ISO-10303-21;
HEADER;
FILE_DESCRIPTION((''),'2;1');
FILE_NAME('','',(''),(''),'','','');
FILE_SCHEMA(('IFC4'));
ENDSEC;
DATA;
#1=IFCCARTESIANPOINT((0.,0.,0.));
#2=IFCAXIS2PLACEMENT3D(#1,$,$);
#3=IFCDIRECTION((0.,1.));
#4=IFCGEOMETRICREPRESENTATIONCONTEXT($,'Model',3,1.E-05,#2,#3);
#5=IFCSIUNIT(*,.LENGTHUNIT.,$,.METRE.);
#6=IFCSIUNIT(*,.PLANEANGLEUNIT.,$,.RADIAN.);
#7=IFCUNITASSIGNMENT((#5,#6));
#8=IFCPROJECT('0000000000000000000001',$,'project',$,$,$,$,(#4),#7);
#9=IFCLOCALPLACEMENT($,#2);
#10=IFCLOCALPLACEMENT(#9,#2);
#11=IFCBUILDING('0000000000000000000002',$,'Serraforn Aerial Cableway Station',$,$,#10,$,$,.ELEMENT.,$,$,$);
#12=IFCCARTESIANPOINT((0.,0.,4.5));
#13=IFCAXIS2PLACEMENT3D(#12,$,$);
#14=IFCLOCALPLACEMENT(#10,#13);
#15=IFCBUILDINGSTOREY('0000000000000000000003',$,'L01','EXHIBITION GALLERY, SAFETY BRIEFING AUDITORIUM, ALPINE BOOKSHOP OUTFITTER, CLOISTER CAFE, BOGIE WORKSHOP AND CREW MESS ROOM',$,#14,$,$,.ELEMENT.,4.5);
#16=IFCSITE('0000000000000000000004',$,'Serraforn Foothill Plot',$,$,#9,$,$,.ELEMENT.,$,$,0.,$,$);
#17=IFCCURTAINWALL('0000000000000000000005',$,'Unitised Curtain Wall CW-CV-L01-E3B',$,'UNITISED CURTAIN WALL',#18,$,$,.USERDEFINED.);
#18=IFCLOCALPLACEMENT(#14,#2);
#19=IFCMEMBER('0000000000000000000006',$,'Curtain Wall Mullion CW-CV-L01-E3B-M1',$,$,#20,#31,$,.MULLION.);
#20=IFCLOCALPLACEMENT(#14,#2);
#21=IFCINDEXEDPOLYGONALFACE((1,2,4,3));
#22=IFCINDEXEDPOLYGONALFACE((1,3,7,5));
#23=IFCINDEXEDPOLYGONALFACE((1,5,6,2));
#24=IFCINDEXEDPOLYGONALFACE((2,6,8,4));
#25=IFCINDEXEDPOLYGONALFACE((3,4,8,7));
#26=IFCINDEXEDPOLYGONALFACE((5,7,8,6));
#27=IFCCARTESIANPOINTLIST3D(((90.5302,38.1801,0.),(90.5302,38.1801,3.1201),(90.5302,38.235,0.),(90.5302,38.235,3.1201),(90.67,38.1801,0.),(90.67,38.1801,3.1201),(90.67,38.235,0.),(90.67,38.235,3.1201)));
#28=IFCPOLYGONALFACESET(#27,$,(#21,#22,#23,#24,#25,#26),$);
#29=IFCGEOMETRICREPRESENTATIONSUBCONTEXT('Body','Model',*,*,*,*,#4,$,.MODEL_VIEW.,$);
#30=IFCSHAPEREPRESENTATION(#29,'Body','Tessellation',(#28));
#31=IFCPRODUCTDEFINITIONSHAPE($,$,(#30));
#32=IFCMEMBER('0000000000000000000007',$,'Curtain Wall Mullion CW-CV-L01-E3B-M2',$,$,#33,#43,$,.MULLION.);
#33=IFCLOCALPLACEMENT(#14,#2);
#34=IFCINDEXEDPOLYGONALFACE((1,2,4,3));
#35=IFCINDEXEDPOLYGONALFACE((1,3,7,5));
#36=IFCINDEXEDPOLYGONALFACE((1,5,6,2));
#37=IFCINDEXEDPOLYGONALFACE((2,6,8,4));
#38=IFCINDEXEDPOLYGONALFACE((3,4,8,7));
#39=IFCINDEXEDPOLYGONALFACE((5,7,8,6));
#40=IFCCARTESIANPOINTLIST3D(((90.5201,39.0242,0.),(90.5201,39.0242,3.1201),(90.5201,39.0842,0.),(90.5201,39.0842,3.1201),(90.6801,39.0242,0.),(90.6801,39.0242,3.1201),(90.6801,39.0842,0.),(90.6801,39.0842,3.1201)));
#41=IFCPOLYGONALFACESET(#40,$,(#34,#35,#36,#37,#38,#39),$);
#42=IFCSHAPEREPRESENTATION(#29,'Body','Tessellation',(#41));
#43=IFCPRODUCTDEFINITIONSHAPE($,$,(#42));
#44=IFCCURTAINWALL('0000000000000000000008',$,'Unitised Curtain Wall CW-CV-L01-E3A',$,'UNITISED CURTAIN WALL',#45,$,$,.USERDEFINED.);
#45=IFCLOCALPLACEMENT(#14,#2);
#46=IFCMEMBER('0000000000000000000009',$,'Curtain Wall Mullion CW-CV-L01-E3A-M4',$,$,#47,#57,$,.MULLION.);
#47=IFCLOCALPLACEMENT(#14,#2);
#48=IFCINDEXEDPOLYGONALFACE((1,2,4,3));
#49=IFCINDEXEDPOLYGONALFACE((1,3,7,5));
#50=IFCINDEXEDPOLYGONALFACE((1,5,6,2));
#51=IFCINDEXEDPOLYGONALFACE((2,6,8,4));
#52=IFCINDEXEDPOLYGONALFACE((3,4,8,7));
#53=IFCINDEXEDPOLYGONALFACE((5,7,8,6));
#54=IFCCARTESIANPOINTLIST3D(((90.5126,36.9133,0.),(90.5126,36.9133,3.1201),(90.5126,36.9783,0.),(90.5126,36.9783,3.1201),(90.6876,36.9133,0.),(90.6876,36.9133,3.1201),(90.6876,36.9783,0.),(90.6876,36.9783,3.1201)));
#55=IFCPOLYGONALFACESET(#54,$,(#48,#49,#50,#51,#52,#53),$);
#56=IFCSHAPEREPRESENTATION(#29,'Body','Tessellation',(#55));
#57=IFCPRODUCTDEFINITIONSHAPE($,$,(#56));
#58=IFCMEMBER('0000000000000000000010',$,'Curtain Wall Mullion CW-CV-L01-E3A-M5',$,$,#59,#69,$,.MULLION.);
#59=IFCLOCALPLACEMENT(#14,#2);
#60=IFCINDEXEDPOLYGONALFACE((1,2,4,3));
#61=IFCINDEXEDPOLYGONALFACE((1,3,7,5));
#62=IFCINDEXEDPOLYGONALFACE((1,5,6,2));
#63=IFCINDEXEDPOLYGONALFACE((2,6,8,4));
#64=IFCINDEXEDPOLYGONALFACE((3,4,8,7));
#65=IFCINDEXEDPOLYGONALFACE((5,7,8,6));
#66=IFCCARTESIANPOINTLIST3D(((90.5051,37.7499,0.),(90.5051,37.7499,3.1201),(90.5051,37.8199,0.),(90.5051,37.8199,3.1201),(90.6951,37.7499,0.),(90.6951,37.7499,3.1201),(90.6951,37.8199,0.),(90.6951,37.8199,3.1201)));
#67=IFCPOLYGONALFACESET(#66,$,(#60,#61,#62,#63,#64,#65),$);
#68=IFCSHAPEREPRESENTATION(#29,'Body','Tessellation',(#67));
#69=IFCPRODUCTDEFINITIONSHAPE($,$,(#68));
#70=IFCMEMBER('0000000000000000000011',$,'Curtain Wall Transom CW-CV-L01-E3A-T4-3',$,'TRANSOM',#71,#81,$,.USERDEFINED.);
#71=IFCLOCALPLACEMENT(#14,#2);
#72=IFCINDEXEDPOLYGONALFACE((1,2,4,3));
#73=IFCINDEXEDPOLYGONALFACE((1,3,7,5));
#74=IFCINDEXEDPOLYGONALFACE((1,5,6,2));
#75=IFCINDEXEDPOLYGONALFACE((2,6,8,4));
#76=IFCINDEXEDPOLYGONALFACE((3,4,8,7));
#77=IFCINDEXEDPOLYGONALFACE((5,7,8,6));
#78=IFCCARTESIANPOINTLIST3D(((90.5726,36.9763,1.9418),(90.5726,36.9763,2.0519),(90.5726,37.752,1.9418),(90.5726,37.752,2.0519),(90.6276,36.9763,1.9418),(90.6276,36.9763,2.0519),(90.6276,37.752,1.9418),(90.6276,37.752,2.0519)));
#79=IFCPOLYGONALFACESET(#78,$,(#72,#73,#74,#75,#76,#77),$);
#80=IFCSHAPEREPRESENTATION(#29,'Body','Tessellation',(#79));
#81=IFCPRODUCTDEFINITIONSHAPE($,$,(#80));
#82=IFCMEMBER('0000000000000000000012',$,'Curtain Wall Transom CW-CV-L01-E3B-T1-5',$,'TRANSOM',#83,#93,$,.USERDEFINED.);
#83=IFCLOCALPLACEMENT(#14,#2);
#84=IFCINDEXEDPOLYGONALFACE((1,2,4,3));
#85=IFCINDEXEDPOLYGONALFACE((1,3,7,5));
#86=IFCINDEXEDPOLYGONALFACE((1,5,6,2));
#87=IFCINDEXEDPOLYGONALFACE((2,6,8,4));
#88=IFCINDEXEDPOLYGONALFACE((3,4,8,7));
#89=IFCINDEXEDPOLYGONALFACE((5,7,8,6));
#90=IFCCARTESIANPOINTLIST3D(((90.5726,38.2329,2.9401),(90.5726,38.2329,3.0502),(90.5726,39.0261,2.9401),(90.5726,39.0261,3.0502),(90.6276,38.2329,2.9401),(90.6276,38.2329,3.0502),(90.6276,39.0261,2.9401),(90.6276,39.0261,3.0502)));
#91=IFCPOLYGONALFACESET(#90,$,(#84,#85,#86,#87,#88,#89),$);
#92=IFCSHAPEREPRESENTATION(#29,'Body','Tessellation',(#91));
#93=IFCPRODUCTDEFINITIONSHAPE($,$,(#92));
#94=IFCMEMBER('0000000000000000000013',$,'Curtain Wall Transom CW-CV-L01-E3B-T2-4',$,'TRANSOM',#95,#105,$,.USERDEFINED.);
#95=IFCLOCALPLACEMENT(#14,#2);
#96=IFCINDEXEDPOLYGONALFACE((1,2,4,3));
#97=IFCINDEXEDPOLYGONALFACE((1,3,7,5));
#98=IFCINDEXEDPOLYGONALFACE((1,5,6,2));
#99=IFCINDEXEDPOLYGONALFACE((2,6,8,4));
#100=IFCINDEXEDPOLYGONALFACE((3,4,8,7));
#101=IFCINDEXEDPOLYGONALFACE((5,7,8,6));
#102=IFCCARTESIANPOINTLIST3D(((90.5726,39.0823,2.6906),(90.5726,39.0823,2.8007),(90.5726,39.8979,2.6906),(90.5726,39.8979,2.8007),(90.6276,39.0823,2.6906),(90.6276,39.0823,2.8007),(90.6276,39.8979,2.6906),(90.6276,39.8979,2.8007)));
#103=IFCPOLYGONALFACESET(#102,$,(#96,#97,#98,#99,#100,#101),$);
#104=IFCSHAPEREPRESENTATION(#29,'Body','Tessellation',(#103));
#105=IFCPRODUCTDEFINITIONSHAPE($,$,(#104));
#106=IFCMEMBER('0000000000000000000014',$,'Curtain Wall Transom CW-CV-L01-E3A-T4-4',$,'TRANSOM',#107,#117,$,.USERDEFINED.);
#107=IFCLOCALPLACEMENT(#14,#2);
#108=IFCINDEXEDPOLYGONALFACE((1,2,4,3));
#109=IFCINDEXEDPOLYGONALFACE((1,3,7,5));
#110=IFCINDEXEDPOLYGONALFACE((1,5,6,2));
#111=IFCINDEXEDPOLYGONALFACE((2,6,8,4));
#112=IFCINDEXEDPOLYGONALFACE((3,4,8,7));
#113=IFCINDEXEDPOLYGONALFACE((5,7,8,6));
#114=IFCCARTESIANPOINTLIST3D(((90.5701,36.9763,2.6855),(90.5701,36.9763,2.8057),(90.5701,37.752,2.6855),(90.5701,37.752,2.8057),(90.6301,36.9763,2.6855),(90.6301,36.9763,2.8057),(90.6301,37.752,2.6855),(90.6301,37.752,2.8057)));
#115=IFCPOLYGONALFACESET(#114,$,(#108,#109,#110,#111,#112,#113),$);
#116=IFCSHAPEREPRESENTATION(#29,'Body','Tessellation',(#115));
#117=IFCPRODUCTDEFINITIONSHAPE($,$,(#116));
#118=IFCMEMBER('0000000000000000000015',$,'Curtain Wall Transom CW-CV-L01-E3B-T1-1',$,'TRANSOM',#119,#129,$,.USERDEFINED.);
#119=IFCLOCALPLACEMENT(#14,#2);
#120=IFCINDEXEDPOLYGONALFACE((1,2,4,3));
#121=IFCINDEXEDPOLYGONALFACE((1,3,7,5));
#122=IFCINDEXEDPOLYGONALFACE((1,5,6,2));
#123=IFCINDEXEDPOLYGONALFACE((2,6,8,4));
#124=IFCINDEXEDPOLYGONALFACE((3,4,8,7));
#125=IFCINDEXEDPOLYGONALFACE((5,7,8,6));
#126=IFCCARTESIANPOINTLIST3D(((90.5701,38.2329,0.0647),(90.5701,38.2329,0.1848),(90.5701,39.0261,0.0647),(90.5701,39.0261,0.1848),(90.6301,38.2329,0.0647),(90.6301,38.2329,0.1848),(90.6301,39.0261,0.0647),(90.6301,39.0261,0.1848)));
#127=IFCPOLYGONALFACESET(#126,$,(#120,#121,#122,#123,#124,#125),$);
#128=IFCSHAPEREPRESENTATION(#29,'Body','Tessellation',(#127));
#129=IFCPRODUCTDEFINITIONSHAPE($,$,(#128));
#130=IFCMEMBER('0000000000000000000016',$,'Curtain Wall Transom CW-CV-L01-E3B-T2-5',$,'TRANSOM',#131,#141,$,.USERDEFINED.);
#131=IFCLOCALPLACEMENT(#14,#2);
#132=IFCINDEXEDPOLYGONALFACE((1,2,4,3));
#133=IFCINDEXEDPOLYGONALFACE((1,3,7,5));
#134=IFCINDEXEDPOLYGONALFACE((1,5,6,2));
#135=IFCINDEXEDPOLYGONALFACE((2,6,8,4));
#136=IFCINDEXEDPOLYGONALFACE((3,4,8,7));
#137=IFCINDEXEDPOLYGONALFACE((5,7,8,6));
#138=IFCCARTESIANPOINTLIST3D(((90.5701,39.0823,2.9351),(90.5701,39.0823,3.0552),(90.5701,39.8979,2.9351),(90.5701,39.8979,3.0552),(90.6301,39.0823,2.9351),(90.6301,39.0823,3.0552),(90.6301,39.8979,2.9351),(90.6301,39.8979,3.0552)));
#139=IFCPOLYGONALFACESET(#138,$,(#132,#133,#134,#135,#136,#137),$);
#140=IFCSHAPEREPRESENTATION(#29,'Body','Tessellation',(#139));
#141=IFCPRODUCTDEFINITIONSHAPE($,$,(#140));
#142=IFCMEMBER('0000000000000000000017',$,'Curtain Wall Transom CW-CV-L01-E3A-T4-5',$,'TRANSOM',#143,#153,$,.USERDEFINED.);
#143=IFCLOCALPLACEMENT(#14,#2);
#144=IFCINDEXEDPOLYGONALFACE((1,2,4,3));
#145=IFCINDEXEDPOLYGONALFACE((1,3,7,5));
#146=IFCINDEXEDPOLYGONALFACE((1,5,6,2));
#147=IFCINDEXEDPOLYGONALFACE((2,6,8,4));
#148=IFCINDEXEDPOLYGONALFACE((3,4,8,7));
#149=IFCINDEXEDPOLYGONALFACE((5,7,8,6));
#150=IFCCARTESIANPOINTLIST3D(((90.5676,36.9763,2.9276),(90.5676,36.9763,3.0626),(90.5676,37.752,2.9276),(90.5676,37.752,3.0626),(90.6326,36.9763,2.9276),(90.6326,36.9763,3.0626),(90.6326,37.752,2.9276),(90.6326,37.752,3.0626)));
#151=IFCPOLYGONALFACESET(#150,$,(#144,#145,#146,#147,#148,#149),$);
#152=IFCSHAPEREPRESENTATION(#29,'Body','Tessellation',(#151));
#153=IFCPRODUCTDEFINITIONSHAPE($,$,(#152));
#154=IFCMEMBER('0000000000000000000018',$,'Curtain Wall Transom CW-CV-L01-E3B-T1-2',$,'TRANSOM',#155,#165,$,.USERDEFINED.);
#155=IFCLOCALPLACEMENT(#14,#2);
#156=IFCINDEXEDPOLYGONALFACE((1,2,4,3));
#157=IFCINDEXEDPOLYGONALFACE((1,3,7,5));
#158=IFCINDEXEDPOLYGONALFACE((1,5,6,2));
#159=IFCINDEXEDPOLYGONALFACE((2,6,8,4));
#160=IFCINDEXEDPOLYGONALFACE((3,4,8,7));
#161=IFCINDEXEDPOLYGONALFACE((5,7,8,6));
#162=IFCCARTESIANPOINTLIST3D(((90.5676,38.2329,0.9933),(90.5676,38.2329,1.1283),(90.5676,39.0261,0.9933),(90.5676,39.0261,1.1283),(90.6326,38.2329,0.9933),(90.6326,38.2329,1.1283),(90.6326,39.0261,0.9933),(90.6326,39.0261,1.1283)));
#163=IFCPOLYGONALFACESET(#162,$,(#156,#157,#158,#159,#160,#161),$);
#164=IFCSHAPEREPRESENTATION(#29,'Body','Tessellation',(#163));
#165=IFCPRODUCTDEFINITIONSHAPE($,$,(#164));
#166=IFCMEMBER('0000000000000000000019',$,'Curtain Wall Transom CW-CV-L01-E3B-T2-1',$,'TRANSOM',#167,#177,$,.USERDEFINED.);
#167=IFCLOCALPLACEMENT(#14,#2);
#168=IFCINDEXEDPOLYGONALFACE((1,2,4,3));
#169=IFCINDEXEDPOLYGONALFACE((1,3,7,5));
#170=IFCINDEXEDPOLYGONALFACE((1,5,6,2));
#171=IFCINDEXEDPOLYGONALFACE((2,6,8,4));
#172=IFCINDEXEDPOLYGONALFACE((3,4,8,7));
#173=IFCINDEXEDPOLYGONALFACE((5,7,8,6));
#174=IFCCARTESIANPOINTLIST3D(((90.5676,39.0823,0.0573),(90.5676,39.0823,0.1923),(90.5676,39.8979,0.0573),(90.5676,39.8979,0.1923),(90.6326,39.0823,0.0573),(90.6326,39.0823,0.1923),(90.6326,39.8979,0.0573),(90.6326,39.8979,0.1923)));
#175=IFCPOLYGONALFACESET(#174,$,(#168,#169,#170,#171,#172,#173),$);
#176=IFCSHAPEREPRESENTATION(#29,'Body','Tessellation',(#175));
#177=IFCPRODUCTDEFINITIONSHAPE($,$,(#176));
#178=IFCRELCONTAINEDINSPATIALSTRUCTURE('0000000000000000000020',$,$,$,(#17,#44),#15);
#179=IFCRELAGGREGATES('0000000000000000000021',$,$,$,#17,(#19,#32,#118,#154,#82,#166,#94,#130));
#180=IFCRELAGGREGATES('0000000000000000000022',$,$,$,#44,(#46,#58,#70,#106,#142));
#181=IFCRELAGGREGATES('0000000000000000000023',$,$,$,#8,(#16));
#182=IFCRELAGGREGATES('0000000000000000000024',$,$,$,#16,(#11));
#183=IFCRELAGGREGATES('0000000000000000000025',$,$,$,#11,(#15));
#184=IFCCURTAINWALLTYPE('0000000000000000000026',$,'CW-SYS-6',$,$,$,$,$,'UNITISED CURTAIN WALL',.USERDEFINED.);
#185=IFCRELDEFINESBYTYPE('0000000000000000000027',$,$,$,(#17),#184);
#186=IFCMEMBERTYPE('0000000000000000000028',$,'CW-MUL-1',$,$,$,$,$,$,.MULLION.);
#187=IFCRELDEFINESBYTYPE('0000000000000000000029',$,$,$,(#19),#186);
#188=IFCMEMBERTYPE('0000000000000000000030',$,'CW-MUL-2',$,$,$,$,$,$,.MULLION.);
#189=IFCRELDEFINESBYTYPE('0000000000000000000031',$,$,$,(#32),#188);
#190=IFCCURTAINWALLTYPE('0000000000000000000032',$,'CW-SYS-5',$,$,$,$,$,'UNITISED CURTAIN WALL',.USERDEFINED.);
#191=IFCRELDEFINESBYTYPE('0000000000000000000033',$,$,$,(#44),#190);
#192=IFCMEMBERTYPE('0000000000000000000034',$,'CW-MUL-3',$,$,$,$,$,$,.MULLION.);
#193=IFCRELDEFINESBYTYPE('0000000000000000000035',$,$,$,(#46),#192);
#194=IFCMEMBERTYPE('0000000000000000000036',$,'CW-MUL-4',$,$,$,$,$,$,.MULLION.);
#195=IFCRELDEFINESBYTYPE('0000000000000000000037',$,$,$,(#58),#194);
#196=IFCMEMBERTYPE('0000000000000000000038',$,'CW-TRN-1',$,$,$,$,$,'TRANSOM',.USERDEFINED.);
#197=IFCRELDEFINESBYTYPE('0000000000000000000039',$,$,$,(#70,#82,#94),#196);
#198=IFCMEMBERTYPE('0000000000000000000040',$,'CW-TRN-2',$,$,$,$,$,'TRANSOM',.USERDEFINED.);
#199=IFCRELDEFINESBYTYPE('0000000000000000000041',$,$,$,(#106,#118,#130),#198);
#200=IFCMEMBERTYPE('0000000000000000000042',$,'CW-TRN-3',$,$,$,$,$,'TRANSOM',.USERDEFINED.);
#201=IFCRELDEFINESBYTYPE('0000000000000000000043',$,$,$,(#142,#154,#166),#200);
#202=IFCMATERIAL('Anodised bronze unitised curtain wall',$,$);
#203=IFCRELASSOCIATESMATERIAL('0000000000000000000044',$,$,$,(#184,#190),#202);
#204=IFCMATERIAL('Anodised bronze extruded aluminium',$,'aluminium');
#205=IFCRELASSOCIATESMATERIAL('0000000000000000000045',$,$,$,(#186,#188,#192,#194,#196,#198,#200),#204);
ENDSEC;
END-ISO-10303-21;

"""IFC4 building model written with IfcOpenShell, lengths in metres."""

from ifc_helpers import new_model, si_unit, direction, frame, origin, origin_2d, place, context, subcontext, project, spatial, rectangle, extrude, material, material_profile, profile_set, type_object, element, aggregate, save


model = new_model("IFC4")

# Units and contexts
model_context = context("Model", 3, precision=1e-05, world=origin(), true_north=direction((0.0, 1.0)))
body_context = subcontext(model_context, "Body", "Model", "MODEL_VIEW")
ifc_project = project(units=[si_unit("LENGTHUNIT", "METRE"), si_unit("PLANEANGLEUNIT", "RADIAN")], contexts=[model_context])

# Site, building, storey
site_placement = place(None, origin())
site = spatial("IfcSite", under=ifc_project, at=site_placement, Name="Serraforn Foothill Plot", CompositionType="ELEMENT", RefElevation=0.0)
building_placement = place(site_placement, origin())
building = spatial("IfcBuilding", under=site, at=building_placement, Name="Serraforn Aerial Cableway Station", CompositionType="ELEMENT")
storey_placement = place(building_placement, frame((0.0, 0.0, 4.5)))
storey = spatial("IfcBuildingStorey", under=building, at=storey_placement, Name="L01", Description="EXHIBITION GALLERY, SAFETY BRIEFING AUDITORIUM, ALPINE BOOKSHOP OUTFITTER, CLOISTER CAFE, BOGIE WORKSHOP AND CREW MESS ROOM", CompositionType="ELEMENT", Elevation=4.5)

# Curtain walls, members
ifc_material_1 = material(Name="Anodised bronze unitised curtain wall")
curtain_wall_type_1 = type_object("IfcCurtainWallType", Name="CW-SYS-6", ElementType="UNITISED CURTAIN WALL", PredefinedType="USERDEFINED", material=ifc_material_1)
curtain_wall_1_placement = place(storey_placement, origin())
curtain_wall_1 = element("IfcCurtainWall", 1, at=curtain_wall_1_placement, inside=storey, type_object=curtain_wall_type_1, Name="Unitised Curtain Wall CW-CV-L01-E3B", ObjectType="UNITISED CURTAIN WALL", PredefinedType="USERDEFINED")
ifc_material_2 = material(Name="Anodised bronze extruded aluminium", Category="aluminium")
ifc_material_profile_1 = material_profile(ifc_material_2, rectangle(XDim=0.0549, YDim=0.1399, at=origin_2d()), Name="CW MULLION 55x140")
ifc_profile_set_1 = profile_set([ifc_material_profile_1], Name="Anodised bronze extruded aluminium")
member_type_1 = type_object("IfcMemberType", Name="CW-MUL-1", PredefinedType="MULLION", material=ifc_profile_set_1)
member_1_placement = place(storey_placement, frame((90.6001, 38.2075, 0.0), z_axis=(0.0, 0.0, 1.0), x_axis=(0.0, 1.0, 0.0)))
member_1 = element("IfcMember", 2, at=member_1_placement, type_object=member_type_1, Name="Curtain Wall Mullion CW-CV-L01-E3B-M1", PredefinedType="MULLION", context=body_context, shape_type="SweptSolid", body=[
    extrude(rectangle(XDim=0.0549, YDim=0.1399, at=origin_2d()), origin(), (0.0, 0.0, 1.0), 3.1201),
])
ifc_material_profile_2 = material_profile(ifc_material_2, rectangle(XDim=0.0601, YDim=0.1599, at=origin_2d()), Name="CW MULLION 60x160")
ifc_profile_set_2 = profile_set([ifc_material_profile_2], Name="Anodised bronze extruded aluminium")
member_type_2 = type_object("IfcMemberType", Name="CW-MUL-2", PredefinedType="MULLION", material=ifc_profile_set_2)
member_2_placement = place(storey_placement, frame((90.6001, 39.0542, 0.0), z_axis=(0.0, 0.0, 1.0), x_axis=(0.0, 1.0, 0.0)))
member_2 = element("IfcMember", 3, at=member_2_placement, type_object=member_type_2, Name="Curtain Wall Mullion CW-CV-L01-E3B-M2", PredefinedType="MULLION", context=body_context, shape_type="SweptSolid", body=[
    extrude(rectangle(XDim=0.0601, YDim=0.1599, at=origin_2d()), origin(), (0.0, 0.0, 1.0), 3.1201),
])
curtain_wall_type_2 = type_object("IfcCurtainWallType", Name="CW-SYS-5", ElementType="UNITISED CURTAIN WALL", PredefinedType="USERDEFINED", material=ifc_material_1)
curtain_wall_2_placement = place(storey_placement, origin())
curtain_wall_2 = element("IfcCurtainWall", 4, at=curtain_wall_2_placement, inside=storey, type_object=curtain_wall_type_2, Name="Unitised Curtain Wall CW-CV-L01-E3A", ObjectType="UNITISED CURTAIN WALL", PredefinedType="USERDEFINED")
ifc_material_profile_3 = material_profile(ifc_material_2, rectangle(XDim=0.0649, YDim=0.175, at=origin_2d()), Name="CW MULLION 65x175")
ifc_profile_set_3 = profile_set([ifc_material_profile_3], Name="Anodised bronze extruded aluminium")
member_type_3 = type_object("IfcMemberType", Name="CW-MUL-3", PredefinedType="MULLION", material=ifc_profile_set_3)
member_3_placement = place(storey_placement, frame((90.6001, 36.9458, 0.0), z_axis=(0.0, 0.0, 1.0), x_axis=(0.0, 1.0, 0.0)))
member_3 = element("IfcMember", 5, at=member_3_placement, type_object=member_type_3, Name="Curtain Wall Mullion CW-CV-L01-E3A-M4", PredefinedType="MULLION", context=body_context, shape_type="SweptSolid", body=[
    extrude(rectangle(XDim=0.0649, YDim=0.175, at=origin_2d()), origin(), (0.0, 0.0, 1.0), 3.1201),
])
ifc_material_profile_4 = material_profile(ifc_material_2, rectangle(XDim=0.0701, YDim=0.1899, at=origin_2d()), Name="CW MULLION 70x190")
ifc_profile_set_4 = profile_set([ifc_material_profile_4], Name="Anodised bronze extruded aluminium")
member_type_4 = type_object("IfcMemberType", Name="CW-MUL-4", PredefinedType="MULLION", material=ifc_profile_set_4)
member_4_placement = place(storey_placement, frame((90.6001, 37.7849, 0.0), z_axis=(0.0, 0.0, 1.0), x_axis=(0.0, 1.0, 0.0)))
member_4 = element("IfcMember", 6, at=member_4_placement, type_object=member_type_4, Name="Curtain Wall Mullion CW-CV-L01-E3A-M5", PredefinedType="MULLION", context=body_context, shape_type="SweptSolid", body=[
    extrude(rectangle(XDim=0.0701, YDim=0.1899, at=origin_2d()), origin(), (0.0, 0.0, 1.0), 3.1201),
])
ifc_material_profile_5 = material_profile(ifc_material_2, rectangle(XDim=0.0549, YDim=0.1101, at=origin_2d()), Name="CW TRANSOM 55x110")
ifc_profile_set_5 = profile_set([ifc_material_profile_5], Name="Anodised bronze extruded aluminium")
member_type_5 = type_object("IfcMemberType", Name="CW-TRN-1", ElementType="TRANSOM", PredefinedType="USERDEFINED", material=ifc_profile_set_5)
member_5_placement = place(storey_placement, frame((90.6001, 36.9763, 1.9968), z_axis=(0.0, 1.0, 0.0), x_axis=(-1.0, 0.0, 0.0)))
member_5 = element("IfcMember", 7, at=member_5_placement, type_object=member_type_5, Name="Curtain Wall Transom CW-CV-L01-E3A-T4-3", ObjectType="TRANSOM", PredefinedType="USERDEFINED", context=body_context, shape_type="SweptSolid", body=[
    extrude(rectangle(XDim=0.0549, YDim=0.1101, at=origin_2d()), origin(), (0.0, 0.0, 1.0), 0.7756),
])

# Members
member_6_placement = place(storey_placement, frame((90.6001, 38.2329, 2.9951), z_axis=(0.0, 1.0, 0.0), x_axis=(-1.0, 0.0, 0.0)))
member_6 = element("IfcMember", 8, at=member_6_placement, type_object=member_type_5, Name="Curtain Wall Transom CW-CV-L01-E3B-T1-5", ObjectType="TRANSOM", PredefinedType="USERDEFINED", context=body_context, shape_type="SweptSolid", body=[
    extrude(rectangle(XDim=0.0549, YDim=0.1101, at=origin_2d()), origin(), (0.0, 0.0, 1.0), 0.7932),
])
member_7_placement = place(storey_placement, frame((90.6001, 39.0823, 2.7456), z_axis=(0.0, 1.0, 0.0), x_axis=(-1.0, 0.0, 0.0)))
member_7 = element("IfcMember", 9, at=member_7_placement, type_object=member_type_5, Name="Curtain Wall Transom CW-CV-L01-E3B-T2-4", ObjectType="TRANSOM", PredefinedType="USERDEFINED", context=body_context, shape_type="SweptSolid", body=[
    extrude(rectangle(XDim=0.0549, YDim=0.1101, at=origin_2d()), origin(), (0.0, 0.0, 1.0), 0.8157),
])
ifc_material_profile_6 = material_profile(ifc_material_2, rectangle(XDim=0.0601, YDim=0.1201, at=origin_2d()), Name="CW TRANSOM 60x120")
ifc_profile_set_6 = profile_set([ifc_material_profile_6], Name="Anodised bronze extruded aluminium")
member_type_6 = type_object("IfcMemberType", Name="CW-TRN-2", ElementType="TRANSOM", PredefinedType="USERDEFINED", material=ifc_profile_set_6)
member_8_placement = place(storey_placement, frame((90.6001, 36.9763, 2.7456), z_axis=(0.0, 1.0, 0.0), x_axis=(-1.0, 0.0, 0.0)))
member_8 = element("IfcMember", 10, at=member_8_placement, type_object=member_type_6, Name="Curtain Wall Transom CW-CV-L01-E3A-T4-4", ObjectType="TRANSOM", PredefinedType="USERDEFINED", context=body_context, shape_type="SweptSolid", body=[
    extrude(rectangle(XDim=0.0601, YDim=0.1201, at=origin_2d()), origin(), (0.0, 0.0, 1.0), 0.7756),
])
member_9_placement = place(storey_placement, frame((90.6001, 38.2329, 0.1248), z_axis=(0.0, 1.0, 0.0), x_axis=(-1.0, 0.0, 0.0)))
member_9 = element("IfcMember", 11, at=member_9_placement, type_object=member_type_6, Name="Curtain Wall Transom CW-CV-L01-E3B-T1-1", ObjectType="TRANSOM", PredefinedType="USERDEFINED", context=body_context, shape_type="SweptSolid", body=[
    extrude(rectangle(XDim=0.0601, YDim=0.1201, at=origin_2d()), origin(), (0.0, 0.0, 1.0), 0.7932),
])
member_10_placement = place(storey_placement, frame((90.6001, 39.0823, 2.9951), z_axis=(0.0, 1.0, 0.0), x_axis=(-1.0, 0.0, 0.0)))
member_10 = element("IfcMember", 12, at=member_10_placement, type_object=member_type_6, Name="Curtain Wall Transom CW-CV-L01-E3B-T2-5", ObjectType="TRANSOM", PredefinedType="USERDEFINED", context=body_context, shape_type="SweptSolid", body=[
    extrude(rectangle(XDim=0.0601, YDim=0.1201, at=origin_2d()), origin(), (0.0, 0.0, 1.0), 0.8157),
])
ifc_material_profile_7 = material_profile(ifc_material_2, rectangle(XDim=0.0649, YDim=0.135, at=origin_2d()), Name="CW TRANSOM 65x135")
ifc_profile_set_7 = profile_set([ifc_material_profile_7], Name="Anodised bronze extruded aluminium")
member_type_7 = type_object("IfcMemberType", Name="CW-TRN-3", ElementType="TRANSOM", PredefinedType="USERDEFINED", material=ifc_profile_set_7)
member_11_placement = place(storey_placement, frame((90.6001, 36.9763, 2.9951), z_axis=(0.0, 1.0, 0.0), x_axis=(-1.0, 0.0, 0.0)))
member_11 = element("IfcMember", 13, at=member_11_placement, type_object=member_type_7, Name="Curtain Wall Transom CW-CV-L01-E3A-T4-5", ObjectType="TRANSOM", PredefinedType="USERDEFINED", context=body_context, shape_type="SweptSolid", body=[
    extrude(rectangle(XDim=0.0649, YDim=0.135, at=origin_2d()), origin(), (0.0, 0.0, 1.0), 0.7756),
])
member_12_placement = place(storey_placement, frame((90.6001, 38.2329, 1.0608), z_axis=(0.0, 1.0, 0.0), x_axis=(-1.0, 0.0, 0.0)))
member_12 = element("IfcMember", 14, at=member_12_placement, type_object=member_type_7, Name="Curtain Wall Transom CW-CV-L01-E3B-T1-2", ObjectType="TRANSOM", PredefinedType="USERDEFINED", context=body_context, shape_type="SweptSolid", body=[
    extrude(rectangle(XDim=0.0649, YDim=0.135, at=origin_2d()), origin(), (0.0, 0.0, 1.0), 0.7932),
])
member_13_placement = place(storey_placement, frame((90.6001, 39.0823, 0.1248), z_axis=(0.0, 1.0, 0.0), x_axis=(-1.0, 0.0, 0.0)))
member_13 = element("IfcMember", 15, at=member_13_placement, type_object=member_type_7, Name="Curtain Wall Transom CW-CV-L01-E3B-T2-1", ObjectType="TRANSOM", PredefinedType="USERDEFINED", context=body_context, shape_type="SweptSolid", body=[
    extrude(rectangle(XDim=0.0649, YDim=0.135, at=origin_2d()), origin(), (0.0, 0.0, 1.0), 0.8157),
])

aggregate(curtain_wall_1, [member_1, member_2, member_9, member_12, member_6, member_13, member_7, member_10])
aggregate(curtain_wall_2, [member_3, member_4, member_5, member_8, member_11])

save(model, "model.ifc")
